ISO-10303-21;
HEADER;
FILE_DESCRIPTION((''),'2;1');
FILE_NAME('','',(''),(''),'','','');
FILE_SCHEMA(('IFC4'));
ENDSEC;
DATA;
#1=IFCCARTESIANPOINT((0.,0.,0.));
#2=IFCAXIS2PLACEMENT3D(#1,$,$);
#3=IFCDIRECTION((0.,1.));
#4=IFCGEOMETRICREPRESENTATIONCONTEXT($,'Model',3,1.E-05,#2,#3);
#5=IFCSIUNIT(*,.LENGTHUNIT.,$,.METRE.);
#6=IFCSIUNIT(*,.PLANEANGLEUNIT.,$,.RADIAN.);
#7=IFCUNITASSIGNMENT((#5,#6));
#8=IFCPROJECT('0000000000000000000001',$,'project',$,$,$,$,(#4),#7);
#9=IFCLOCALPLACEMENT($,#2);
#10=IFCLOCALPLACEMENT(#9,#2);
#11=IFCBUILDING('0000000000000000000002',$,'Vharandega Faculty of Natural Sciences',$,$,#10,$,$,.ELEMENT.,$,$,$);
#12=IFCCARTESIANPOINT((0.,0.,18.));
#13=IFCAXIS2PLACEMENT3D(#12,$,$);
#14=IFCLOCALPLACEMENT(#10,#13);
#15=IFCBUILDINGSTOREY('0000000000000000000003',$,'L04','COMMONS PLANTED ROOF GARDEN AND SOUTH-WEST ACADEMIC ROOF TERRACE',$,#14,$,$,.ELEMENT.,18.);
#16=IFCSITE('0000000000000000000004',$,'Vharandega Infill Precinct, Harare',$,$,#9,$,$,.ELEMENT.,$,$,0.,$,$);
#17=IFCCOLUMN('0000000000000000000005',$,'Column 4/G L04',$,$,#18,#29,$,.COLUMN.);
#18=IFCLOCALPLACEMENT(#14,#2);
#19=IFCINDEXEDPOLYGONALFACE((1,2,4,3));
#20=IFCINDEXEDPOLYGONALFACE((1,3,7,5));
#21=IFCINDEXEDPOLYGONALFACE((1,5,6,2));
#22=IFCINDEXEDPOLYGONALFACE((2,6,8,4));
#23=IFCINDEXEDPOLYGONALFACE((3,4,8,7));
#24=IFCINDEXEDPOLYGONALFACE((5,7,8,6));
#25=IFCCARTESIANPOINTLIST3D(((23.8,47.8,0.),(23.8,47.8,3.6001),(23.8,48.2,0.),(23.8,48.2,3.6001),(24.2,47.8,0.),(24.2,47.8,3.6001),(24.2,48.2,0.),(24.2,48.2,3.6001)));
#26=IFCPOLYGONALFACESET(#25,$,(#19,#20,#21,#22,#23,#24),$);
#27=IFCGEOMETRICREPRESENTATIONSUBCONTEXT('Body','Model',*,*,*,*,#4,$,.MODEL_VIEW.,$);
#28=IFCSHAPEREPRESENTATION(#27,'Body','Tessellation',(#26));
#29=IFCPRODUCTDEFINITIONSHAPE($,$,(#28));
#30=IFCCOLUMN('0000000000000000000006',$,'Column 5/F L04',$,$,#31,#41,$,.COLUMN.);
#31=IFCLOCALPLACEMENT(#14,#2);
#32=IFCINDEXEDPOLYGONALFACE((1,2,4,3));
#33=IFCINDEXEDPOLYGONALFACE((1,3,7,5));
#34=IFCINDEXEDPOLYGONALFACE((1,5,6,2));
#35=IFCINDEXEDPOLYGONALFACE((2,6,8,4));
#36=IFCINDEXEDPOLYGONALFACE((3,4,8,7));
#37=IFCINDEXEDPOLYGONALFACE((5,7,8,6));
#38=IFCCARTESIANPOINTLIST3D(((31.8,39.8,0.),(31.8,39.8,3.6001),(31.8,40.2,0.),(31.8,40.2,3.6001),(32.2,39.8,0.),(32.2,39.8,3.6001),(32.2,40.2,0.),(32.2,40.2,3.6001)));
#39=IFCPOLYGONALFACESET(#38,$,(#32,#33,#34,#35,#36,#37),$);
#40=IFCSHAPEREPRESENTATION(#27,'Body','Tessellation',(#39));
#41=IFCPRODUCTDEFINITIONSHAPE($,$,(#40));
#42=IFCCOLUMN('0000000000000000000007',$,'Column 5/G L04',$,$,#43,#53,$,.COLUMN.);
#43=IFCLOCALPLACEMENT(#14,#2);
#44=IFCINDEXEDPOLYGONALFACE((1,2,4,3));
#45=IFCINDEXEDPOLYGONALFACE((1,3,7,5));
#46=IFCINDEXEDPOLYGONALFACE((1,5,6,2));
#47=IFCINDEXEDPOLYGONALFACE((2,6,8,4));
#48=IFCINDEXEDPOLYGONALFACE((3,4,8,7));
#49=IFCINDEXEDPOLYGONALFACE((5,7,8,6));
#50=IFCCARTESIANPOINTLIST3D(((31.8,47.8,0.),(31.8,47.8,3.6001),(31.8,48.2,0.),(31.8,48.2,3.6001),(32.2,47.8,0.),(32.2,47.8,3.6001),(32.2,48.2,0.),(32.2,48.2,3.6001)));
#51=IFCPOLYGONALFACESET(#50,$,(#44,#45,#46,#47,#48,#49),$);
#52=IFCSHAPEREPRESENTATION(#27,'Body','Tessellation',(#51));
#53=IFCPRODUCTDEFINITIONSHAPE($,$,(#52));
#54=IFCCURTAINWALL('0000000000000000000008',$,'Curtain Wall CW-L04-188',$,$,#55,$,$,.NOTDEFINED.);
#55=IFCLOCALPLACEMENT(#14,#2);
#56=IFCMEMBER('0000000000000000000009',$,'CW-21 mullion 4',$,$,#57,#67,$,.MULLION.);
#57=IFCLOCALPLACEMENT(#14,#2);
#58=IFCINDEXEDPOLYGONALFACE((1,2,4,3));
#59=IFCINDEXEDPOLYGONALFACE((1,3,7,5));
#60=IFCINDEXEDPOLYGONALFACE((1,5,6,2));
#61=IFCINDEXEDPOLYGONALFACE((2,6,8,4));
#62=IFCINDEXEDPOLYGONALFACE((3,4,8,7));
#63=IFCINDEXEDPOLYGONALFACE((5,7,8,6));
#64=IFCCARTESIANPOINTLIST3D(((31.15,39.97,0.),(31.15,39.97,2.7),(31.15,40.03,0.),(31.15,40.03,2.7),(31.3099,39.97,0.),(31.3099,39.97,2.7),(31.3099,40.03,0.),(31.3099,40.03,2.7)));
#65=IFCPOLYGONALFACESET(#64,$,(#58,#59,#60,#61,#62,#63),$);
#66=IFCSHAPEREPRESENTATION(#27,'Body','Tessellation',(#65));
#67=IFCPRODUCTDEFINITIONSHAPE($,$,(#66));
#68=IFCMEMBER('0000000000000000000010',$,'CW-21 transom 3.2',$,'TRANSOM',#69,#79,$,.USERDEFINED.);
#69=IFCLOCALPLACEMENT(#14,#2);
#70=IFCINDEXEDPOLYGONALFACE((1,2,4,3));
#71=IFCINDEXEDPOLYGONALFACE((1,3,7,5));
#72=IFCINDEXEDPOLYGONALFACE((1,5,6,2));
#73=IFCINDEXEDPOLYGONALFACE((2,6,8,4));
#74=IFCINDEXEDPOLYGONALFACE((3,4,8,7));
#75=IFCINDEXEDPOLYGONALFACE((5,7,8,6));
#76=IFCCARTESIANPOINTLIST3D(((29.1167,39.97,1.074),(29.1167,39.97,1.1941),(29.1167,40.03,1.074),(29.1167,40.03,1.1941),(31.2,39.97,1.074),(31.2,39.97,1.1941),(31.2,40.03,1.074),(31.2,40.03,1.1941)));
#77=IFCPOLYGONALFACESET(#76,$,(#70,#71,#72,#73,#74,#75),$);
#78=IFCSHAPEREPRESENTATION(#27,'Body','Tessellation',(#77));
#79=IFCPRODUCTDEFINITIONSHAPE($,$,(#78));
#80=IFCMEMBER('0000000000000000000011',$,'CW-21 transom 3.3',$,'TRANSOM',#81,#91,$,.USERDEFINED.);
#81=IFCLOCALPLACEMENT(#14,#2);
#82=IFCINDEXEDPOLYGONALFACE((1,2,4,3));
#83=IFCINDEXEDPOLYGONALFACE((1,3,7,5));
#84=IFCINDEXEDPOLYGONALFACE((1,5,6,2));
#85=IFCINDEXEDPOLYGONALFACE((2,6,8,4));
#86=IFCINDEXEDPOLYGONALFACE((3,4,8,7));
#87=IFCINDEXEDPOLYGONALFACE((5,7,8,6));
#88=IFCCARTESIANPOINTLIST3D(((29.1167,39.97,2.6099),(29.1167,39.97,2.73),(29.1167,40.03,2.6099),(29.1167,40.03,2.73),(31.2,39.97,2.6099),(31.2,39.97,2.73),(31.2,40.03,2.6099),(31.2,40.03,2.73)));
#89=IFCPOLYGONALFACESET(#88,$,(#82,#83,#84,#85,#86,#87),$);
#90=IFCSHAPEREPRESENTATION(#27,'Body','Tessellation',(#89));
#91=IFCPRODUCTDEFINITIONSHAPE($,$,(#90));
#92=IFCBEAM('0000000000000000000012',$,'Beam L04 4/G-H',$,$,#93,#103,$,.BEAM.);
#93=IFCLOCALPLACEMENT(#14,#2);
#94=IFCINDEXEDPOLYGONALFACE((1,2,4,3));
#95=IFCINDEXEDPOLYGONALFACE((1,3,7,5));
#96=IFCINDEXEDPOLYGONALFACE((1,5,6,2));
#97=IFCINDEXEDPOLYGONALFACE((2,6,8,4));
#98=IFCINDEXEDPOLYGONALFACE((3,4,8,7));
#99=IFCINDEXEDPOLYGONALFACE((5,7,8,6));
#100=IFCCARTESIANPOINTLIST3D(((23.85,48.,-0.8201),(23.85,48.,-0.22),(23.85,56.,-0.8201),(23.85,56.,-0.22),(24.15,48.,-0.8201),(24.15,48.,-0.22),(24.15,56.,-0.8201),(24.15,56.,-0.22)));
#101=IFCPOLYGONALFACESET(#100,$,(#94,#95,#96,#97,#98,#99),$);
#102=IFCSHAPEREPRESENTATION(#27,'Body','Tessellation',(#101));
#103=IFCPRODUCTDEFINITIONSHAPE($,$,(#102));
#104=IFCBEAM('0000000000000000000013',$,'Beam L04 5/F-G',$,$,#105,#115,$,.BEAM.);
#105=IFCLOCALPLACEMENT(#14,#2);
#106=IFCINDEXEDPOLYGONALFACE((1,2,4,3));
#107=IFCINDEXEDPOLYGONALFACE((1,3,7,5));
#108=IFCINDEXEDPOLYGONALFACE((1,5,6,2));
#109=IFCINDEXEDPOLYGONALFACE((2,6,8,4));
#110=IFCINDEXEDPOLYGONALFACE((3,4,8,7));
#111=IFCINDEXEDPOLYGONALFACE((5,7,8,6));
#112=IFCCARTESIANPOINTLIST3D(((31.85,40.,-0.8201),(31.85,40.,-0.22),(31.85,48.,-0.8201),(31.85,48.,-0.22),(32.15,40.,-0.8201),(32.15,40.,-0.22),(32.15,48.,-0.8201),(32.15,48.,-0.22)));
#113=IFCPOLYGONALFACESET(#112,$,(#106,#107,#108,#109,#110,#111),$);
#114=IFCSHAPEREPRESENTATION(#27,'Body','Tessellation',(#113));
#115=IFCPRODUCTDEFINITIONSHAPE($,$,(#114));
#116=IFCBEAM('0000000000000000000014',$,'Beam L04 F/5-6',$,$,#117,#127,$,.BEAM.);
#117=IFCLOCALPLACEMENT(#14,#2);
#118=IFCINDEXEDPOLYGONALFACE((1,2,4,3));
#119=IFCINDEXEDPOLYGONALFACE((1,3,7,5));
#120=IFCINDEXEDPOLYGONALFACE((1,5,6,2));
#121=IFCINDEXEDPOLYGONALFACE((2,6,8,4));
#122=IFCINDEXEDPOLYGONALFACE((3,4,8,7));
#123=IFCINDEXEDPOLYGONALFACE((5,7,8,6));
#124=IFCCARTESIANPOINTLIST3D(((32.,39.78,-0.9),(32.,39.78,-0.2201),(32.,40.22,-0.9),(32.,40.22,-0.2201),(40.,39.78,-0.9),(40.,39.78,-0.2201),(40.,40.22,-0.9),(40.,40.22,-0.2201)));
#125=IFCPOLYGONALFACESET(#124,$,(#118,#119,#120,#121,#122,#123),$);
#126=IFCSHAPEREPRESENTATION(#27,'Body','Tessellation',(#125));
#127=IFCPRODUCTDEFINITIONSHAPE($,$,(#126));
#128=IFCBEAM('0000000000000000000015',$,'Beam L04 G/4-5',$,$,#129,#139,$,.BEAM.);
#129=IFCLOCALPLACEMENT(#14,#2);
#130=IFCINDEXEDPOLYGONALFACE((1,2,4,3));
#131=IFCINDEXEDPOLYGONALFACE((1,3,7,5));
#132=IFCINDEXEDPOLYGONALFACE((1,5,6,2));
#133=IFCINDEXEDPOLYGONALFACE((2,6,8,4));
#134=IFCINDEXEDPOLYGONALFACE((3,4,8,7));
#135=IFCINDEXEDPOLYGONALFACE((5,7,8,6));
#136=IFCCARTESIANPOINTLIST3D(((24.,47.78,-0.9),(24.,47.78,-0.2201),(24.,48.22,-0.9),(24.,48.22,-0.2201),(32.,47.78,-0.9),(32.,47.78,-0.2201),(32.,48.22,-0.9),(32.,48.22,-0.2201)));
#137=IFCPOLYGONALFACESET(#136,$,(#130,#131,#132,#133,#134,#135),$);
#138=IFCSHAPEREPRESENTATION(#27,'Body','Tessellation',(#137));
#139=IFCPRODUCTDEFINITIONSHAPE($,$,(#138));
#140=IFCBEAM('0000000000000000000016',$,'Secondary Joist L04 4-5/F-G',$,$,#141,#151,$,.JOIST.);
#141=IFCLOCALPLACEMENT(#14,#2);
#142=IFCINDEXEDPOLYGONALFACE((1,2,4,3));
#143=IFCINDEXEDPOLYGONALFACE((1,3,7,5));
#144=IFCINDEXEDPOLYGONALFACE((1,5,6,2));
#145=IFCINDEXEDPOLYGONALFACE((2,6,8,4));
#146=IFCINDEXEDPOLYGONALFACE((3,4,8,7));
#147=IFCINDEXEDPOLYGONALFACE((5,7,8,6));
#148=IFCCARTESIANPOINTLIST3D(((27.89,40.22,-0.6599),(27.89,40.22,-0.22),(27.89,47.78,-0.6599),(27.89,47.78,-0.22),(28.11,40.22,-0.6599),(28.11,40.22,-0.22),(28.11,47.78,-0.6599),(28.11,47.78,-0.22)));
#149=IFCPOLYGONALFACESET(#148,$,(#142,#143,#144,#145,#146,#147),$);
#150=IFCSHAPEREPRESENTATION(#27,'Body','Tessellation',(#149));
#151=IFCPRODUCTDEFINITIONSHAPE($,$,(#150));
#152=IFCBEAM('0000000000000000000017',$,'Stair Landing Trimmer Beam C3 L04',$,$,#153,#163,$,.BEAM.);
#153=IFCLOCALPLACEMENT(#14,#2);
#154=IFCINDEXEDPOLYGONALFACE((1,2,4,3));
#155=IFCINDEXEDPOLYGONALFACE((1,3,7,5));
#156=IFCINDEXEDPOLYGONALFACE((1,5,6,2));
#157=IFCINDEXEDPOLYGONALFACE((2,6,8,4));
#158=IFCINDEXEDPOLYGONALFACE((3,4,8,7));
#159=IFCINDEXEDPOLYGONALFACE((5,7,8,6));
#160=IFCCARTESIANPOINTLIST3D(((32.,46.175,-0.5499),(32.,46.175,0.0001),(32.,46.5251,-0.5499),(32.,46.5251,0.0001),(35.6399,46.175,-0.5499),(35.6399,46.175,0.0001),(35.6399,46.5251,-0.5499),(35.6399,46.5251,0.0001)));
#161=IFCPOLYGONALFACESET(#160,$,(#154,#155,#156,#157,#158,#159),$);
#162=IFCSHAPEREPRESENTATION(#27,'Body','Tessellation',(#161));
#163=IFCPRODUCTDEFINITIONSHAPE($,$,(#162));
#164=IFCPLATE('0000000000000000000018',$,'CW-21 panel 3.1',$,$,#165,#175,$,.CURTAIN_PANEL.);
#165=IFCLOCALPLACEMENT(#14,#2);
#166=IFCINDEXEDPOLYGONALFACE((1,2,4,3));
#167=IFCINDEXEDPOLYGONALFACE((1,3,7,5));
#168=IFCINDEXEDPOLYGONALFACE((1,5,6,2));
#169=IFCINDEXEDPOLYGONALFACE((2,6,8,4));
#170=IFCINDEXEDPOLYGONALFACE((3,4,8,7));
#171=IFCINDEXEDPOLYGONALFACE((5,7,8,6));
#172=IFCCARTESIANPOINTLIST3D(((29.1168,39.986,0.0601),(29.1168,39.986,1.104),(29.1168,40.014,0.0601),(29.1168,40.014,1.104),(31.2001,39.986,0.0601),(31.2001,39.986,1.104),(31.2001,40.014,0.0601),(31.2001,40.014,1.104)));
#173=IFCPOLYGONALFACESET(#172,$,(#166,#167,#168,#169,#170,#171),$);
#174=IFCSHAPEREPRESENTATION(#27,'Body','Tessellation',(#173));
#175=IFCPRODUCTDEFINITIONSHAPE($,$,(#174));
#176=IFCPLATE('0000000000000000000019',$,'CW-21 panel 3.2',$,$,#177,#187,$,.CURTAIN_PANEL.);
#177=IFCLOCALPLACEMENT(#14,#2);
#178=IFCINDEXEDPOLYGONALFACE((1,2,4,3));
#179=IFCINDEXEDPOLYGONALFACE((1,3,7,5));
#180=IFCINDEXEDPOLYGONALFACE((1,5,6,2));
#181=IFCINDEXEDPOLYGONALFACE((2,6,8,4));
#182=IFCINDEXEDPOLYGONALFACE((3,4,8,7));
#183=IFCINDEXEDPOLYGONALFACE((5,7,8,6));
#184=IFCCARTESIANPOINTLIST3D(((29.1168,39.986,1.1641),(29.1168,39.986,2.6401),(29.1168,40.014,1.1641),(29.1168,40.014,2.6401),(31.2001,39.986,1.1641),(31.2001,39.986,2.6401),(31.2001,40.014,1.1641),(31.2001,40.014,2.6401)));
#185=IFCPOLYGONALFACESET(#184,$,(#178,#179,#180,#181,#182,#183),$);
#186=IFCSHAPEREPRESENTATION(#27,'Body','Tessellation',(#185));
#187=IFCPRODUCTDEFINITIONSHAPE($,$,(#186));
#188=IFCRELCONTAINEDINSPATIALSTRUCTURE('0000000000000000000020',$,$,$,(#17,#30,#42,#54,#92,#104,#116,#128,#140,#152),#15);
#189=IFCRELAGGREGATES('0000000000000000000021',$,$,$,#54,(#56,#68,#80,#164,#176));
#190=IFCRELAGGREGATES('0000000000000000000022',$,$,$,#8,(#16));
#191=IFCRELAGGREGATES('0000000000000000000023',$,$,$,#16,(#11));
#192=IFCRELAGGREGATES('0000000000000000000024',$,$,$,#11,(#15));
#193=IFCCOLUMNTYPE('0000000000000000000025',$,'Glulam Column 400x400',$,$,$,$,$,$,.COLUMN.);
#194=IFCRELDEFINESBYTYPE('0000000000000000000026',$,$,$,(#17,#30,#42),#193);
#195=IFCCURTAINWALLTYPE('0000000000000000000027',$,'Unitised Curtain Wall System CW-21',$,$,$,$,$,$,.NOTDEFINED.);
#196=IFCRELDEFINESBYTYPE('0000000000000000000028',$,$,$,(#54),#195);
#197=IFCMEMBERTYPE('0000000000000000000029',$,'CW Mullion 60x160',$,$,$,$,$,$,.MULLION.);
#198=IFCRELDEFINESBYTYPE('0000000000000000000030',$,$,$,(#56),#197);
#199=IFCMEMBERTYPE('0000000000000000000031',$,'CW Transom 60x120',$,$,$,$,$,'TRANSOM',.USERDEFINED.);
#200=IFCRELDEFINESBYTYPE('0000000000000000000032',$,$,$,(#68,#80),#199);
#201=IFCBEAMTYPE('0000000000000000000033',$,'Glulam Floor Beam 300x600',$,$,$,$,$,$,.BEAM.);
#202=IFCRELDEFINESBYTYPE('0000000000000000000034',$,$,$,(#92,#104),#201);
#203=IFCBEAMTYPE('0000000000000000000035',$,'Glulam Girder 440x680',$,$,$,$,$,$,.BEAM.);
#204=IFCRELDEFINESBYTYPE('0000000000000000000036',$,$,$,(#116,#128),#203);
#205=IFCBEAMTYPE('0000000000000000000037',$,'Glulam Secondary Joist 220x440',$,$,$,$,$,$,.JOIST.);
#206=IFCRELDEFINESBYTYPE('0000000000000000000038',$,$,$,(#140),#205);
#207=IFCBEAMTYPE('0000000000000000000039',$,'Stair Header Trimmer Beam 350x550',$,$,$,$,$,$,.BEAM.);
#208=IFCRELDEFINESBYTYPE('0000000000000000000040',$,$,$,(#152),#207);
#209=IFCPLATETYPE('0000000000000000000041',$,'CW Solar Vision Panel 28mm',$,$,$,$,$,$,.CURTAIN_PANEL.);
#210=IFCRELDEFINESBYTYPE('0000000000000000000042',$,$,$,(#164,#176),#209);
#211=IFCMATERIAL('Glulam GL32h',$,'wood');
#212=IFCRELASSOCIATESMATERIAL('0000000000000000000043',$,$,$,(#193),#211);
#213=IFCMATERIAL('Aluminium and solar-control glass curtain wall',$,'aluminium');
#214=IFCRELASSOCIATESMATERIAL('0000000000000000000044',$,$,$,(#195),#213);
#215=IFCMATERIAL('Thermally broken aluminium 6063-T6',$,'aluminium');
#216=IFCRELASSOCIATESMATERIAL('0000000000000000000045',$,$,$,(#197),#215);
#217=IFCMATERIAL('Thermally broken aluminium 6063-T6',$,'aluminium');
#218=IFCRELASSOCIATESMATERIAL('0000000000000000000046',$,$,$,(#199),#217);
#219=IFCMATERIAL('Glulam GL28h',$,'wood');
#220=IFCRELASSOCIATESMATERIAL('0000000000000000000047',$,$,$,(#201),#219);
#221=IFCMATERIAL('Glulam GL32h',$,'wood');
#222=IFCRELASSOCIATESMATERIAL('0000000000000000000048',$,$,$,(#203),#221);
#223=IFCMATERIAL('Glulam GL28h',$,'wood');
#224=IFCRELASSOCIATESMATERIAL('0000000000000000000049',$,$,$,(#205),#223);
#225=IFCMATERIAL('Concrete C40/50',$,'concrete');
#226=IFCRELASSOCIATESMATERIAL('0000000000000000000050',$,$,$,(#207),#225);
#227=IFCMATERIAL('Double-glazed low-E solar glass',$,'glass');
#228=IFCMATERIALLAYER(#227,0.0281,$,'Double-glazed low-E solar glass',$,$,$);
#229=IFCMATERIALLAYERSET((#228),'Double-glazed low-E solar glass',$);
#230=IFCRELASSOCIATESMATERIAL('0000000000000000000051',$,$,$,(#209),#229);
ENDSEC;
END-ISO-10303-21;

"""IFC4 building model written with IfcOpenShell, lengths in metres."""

from ifc_helpers import new_model, si_unit, direction, frame, origin, origin_2d, place, context, subcontext, project, spatial, rectangle, extrude, material, layer, layer_set, material_profile, profile_set, type_object, element, aggregate, save


model = new_model("IFC4")

# Units and contexts
model_context = context("Model", 3, precision=1e-05, world=origin(), true_north=direction((0.0, 1.0)))
body_context = subcontext(model_context, "Body", "Model", "MODEL_VIEW")
ifc_project = project(units=[si_unit("LENGTHUNIT", "METRE"), si_unit("PLANEANGLEUNIT", "RADIAN")], contexts=[model_context])

# Site, building, storey
site_placement = place(None, origin())
site = spatial("IfcSite", under=ifc_project, at=site_placement, Name="Vharandega Infill Precinct, Harare", CompositionType="ELEMENT", RefElevation=0.0)
building_placement = place(site_placement, origin())
building = spatial("IfcBuilding", under=site, at=building_placement, Name="Vharandega Faculty of Natural Sciences", CompositionType="ELEMENT")
storey_placement = place(building_placement, frame((0.0, 0.0, 18.0)))
storey = spatial("IfcBuildingStorey", under=building, at=storey_placement, Name="L04", Description="COMMONS PLANTED ROOF GARDEN AND SOUTH-WEST ACADEMIC ROOF TERRACE", CompositionType="ELEMENT", Elevation=18.0)

# Columns
ifc_material_1 = material(Name="Glulam GL32h", Category="wood")
ifc_material_profile_1 = material_profile(ifc_material_1, rectangle(XDim=0.3999, YDim=0.3999, at=origin_2d()), Name="GL32h 400x400")
ifc_profile_set_1 = profile_set([ifc_material_profile_1], Name="Glulam GL32h")
column_type = type_object("IfcColumnType", Name="Glulam Column 400x400", PredefinedType="COLUMN", material=ifc_profile_set_1)
for number, where, z_axis, x_axis, name in (
    (1, (24.0, 48.0, 0.0), (0.0, 0.0, 1.0), (1.0, 0.0, 0.0), "Column 4/G L04"),
    (2, (32.0, 40.0, 0.0), (0.0, 0.0, 1.0), (1.0, 0.0, 0.0), "Column 5/F L04"),
    (3, (32.0, 48.0, 0.0), (0.0, 0.0, 1.0), (1.0, 0.0, 0.0), "Column 5/G L04"),
):
    element("IfcColumn", number, at=place(storey_placement, frame(where, z_axis=z_axis, x_axis=x_axis)), inside=storey, type_object=column_type, Name=name, PredefinedType="COLUMN", context=body_context, shape_type="SweptSolid", body=[
        extrude(rectangle(XDim=0.3999, YDim=0.3999, at=origin_2d()), origin(), (0.0, 0.0, 1.0), 3.6001),
    ])

# Curtain wall, members
ifc_material_2 = material(Name="Aluminium and solar-control glass curtain wall", Category="aluminium")
curtain_wall_type = type_object("IfcCurtainWallType", Name="Unitised Curtain Wall System CW-21", PredefinedType="NOTDEFINED", material=ifc_material_2)
curtain_wall_placement = place(storey_placement, origin())
curtain_wall = element("IfcCurtainWall", 4, at=curtain_wall_placement, inside=storey, type_object=curtain_wall_type, Name="Curtain Wall CW-L04-188", PredefinedType="NOTDEFINED")
ifc_material_3 = material(Name="Thermally broken aluminium 6063-T6", Category="aluminium")
ifc_material_profile_2 = material_profile(ifc_material_3, rectangle(XDim=0.0601, YDim=0.1599, at=origin_2d()), Name="ALU 60x160")
ifc_profile_set_2 = profile_set([ifc_material_profile_2], Name="Thermally broken aluminium 6063-T6")
member_type_1 = type_object("IfcMemberType", Name="CW Mullion 60x160", PredefinedType="MULLION", material=ifc_profile_set_2)
member_1_placement = place(storey_placement, frame((31.23, 40.0, 0.0), z_axis=(0.0, 0.0, 1.0), x_axis=(0.0, 1.0, 0.0)))
member_1 = element("IfcMember", 5, at=member_1_placement, type_object=member_type_1, Name="CW-21 mullion 4", PredefinedType="MULLION", context=body_context, shape_type="SweptSolid", body=[
    extrude(rectangle(XDim=0.0601, YDim=0.1599, at=origin_2d()), origin(), (0.0, 0.0, 1.0), 2.7),
])
ifc_material_4 = material(Name="Thermally broken aluminium 6063-T6", Category="aluminium")
ifc_material_profile_3 = material_profile(ifc_material_4, rectangle(XDim=0.0601, YDim=0.1201, at=origin_2d()), Name="ALU 60x120")
ifc_profile_set_3 = profile_set([ifc_material_profile_3], Name="Thermally broken aluminium 6063-T6")
member_type_2 = type_object("IfcMemberType", Name="CW Transom 60x120", ElementType="TRANSOM", PredefinedType="USERDEFINED", material=ifc_profile_set_3)
member_2_placement = place(storey_placement, frame((29.1167, 40.0, 1.134), z_axis=(1.0, 0.0, 0.0), x_axis=(0.0, 1.0, 0.0)))
member_2 = element("IfcMember", 6, at=member_2_placement, type_object=member_type_2, Name="CW-21 transom 3.2", ObjectType="TRANSOM", PredefinedType="USERDEFINED", context=body_context, shape_type="SweptSolid", body=[
    extrude(rectangle(XDim=0.0601, YDim=0.1201, at=origin_2d()), origin(), (0.0, 0.0, 1.0), 2.0833),
])
member_3_placement = place(storey_placement, frame((29.1167, 40.0, 2.6699), z_axis=(1.0, 0.0, 0.0), x_axis=(0.0, 1.0, 0.0)))
member_3 = element("IfcMember", 7, at=member_3_placement, type_object=member_type_2, Name="CW-21 transom 3.3", ObjectType="TRANSOM", PredefinedType="USERDEFINED", context=body_context, shape_type="SweptSolid", body=[
    extrude(rectangle(XDim=0.0601, YDim=0.1201, at=origin_2d()), origin(), (0.0, 0.0, 1.0), 2.0833),
])

# Beams
ifc_material_5 = material(Name="Glulam GL28h", Category="wood")
ifc_material_profile_4 = material_profile(ifc_material_5, rectangle(XDim=0.3, YDim=0.6001, at=origin_2d()), Name="GL28h 300x600")
ifc_profile_set_4 = profile_set([ifc_material_profile_4], Name="Glulam GL28h")
beam_type_1 = type_object("IfcBeamType", Name="Glulam Floor Beam 300x600", PredefinedType="BEAM", material=ifc_profile_set_4)
for number, where, z_axis, x_axis, name in (
    (8, (24.0, 48.0, -0.52), (0.0, 1.0, 0.0), (-1.0, 0.0, 0.0), "Beam L04 4/G-H"),
    (9, (32.0, 40.0, -0.52), (0.0, 1.0, 0.0), (-1.0, 0.0, 0.0), "Beam L04 5/F-G"),
):
    element("IfcBeam", number, at=place(storey_placement, frame(where, z_axis=z_axis, x_axis=x_axis)), inside=storey, type_object=beam_type_1, Name=name, PredefinedType="BEAM", context=body_context, shape_type="SweptSolid", body=[
        extrude(rectangle(XDim=0.3, YDim=0.6001, at=origin_2d()), origin(), (0.0, 0.0, 1.0), 8.0),
    ])
ifc_material_6 = material(Name="Glulam GL32h", Category="wood")
ifc_material_profile_5 = material_profile(ifc_material_6, rectangle(XDim=0.4399, YDim=0.6799, at=origin_2d()), Name="GL32h 440x680")
ifc_profile_set_5 = profile_set([ifc_material_profile_5], Name="Glulam GL32h")
beam_type_2 = type_object("IfcBeamType", Name="Glulam Girder 440x680", PredefinedType="BEAM", material=ifc_profile_set_5)
for number, where, z_axis, x_axis, name in (
    (10, (32.0, 40.0, -0.5601), (1.0, 0.0, 0.0), (0.0, 1.0, 0.0), "Beam L04 F/5-6"),
    (11, (24.0, 48.0, -0.5601), (1.0, 0.0, 0.0), (0.0, 1.0, 0.0), "Beam L04 G/4-5"),
):
    element("IfcBeam", number, at=place(storey_placement, frame(where, z_axis=z_axis, x_axis=x_axis)), inside=storey, type_object=beam_type_2, Name=name, PredefinedType="BEAM", context=body_context, shape_type="SweptSolid", body=[
        extrude(rectangle(XDim=0.4399, YDim=0.6799, at=origin_2d()), origin(), (0.0, 0.0, 1.0), 8.0),
    ])
ifc_material_7 = material(Name="Glulam GL28h", Category="wood")
ifc_material_profile_6 = material_profile(ifc_material_7, rectangle(XDim=0.22, YDim=0.4399, at=origin_2d()), Name="GL28h 220x440")
ifc_profile_set_6 = profile_set([ifc_material_profile_6], Name="Glulam GL28h")
beam_type_3 = type_object("IfcBeamType", Name="Glulam Secondary Joist 220x440", PredefinedType="JOIST", material=ifc_profile_set_6)
beam_1_placement = place(storey_placement, frame((28.0, 40.22, -0.4399), z_axis=(0.0, 1.0, 0.0), x_axis=(-1.0, 0.0, 0.0)))
element("IfcBeam", 12, at=beam_1_placement, inside=storey, type_object=beam_type_3, Name="Secondary Joist L04 4-5/F-G", PredefinedType="JOIST", context=body_context, shape_type="SweptSolid", body=[
    extrude(rectangle(XDim=0.22, YDim=0.4399, at=origin_2d()), origin(), (0.0, 0.0, 1.0), 7.5601),
])
ifc_material_8 = material(Name="Concrete C40/50", Category="concrete")
ifc_material_profile_7 = material_profile(ifc_material_8, rectangle(XDim=0.3501, YDim=0.55, at=origin_2d()), Name="RC 350x550")
ifc_profile_set_7 = profile_set([ifc_material_profile_7], Name="Concrete C40/50")
beam_type_4 = type_object("IfcBeamType", Name="Stair Header Trimmer Beam 350x550", PredefinedType="BEAM", material=ifc_profile_set_7)
beam_2_placement = place(storey_placement, frame((32.0, 46.3501, -0.2749), z_axis=(1.0, 0.0, 0.0), x_axis=(0.0, 1.0, 0.0)))
element("IfcBeam", 13, at=beam_2_placement, inside=storey, type_object=beam_type_4, Name="Stair Landing Trimmer Beam C3 L04", PredefinedType="BEAM", context=body_context, shape_type="SweptSolid", body=[
    extrude(rectangle(XDim=0.3501, YDim=0.55, at=origin_2d()), origin(), (0.0, 0.0, 1.0), 3.6399),
])

# Plates
ifc_material_9 = material(Name="Double-glazed low-E solar glass", Category="glass")
ifc_layer_1 = layer(ifc_material_9, 0.0281, Name="Double-glazed low-E solar glass")
ifc_layer_set_1 = layer_set([ifc_layer_1], Name="Double-glazed low-E solar glass")
plate_type = type_object("IfcPlateType", Name="CW Solar Vision Panel 28mm", PredefinedType="CURTAIN_PANEL", material=ifc_layer_set_1)
plate_1_placement = place(storey_placement, frame((30.1584, 40.0, 0.0601), z_axis=(0.0, 0.0, 1.0), x_axis=(1.0, 0.0, 0.0)))
plate_1 = element("IfcPlate", 14, at=plate_1_placement, type_object=plate_type, Name="CW-21 panel 3.1", PredefinedType="CURTAIN_PANEL", context=body_context, shape_type="SweptSolid", body=[
    extrude(rectangle(XDim=2.0833, YDim=0.0281, at=origin_2d()), origin(), (0.0, 0.0, 1.0), 1.0439),
])
plate_2_placement = place(storey_placement, frame((30.1584, 40.0, 1.1641), z_axis=(0.0, 0.0, 1.0), x_axis=(1.0, 0.0, 0.0)))
plate_2 = element("IfcPlate", 15, at=plate_2_placement, type_object=plate_type, Name="CW-21 panel 3.2", PredefinedType="CURTAIN_PANEL", context=body_context, shape_type="SweptSolid", body=[
    extrude(rectangle(XDim=2.0833, YDim=0.0281, at=origin_2d()), origin(), (0.0, 0.0, 1.0), 1.4761),
])
aggregate(curtain_wall, [member_1, member_2, member_3, plate_1, plate_2])

save(model, "model.ifc")
